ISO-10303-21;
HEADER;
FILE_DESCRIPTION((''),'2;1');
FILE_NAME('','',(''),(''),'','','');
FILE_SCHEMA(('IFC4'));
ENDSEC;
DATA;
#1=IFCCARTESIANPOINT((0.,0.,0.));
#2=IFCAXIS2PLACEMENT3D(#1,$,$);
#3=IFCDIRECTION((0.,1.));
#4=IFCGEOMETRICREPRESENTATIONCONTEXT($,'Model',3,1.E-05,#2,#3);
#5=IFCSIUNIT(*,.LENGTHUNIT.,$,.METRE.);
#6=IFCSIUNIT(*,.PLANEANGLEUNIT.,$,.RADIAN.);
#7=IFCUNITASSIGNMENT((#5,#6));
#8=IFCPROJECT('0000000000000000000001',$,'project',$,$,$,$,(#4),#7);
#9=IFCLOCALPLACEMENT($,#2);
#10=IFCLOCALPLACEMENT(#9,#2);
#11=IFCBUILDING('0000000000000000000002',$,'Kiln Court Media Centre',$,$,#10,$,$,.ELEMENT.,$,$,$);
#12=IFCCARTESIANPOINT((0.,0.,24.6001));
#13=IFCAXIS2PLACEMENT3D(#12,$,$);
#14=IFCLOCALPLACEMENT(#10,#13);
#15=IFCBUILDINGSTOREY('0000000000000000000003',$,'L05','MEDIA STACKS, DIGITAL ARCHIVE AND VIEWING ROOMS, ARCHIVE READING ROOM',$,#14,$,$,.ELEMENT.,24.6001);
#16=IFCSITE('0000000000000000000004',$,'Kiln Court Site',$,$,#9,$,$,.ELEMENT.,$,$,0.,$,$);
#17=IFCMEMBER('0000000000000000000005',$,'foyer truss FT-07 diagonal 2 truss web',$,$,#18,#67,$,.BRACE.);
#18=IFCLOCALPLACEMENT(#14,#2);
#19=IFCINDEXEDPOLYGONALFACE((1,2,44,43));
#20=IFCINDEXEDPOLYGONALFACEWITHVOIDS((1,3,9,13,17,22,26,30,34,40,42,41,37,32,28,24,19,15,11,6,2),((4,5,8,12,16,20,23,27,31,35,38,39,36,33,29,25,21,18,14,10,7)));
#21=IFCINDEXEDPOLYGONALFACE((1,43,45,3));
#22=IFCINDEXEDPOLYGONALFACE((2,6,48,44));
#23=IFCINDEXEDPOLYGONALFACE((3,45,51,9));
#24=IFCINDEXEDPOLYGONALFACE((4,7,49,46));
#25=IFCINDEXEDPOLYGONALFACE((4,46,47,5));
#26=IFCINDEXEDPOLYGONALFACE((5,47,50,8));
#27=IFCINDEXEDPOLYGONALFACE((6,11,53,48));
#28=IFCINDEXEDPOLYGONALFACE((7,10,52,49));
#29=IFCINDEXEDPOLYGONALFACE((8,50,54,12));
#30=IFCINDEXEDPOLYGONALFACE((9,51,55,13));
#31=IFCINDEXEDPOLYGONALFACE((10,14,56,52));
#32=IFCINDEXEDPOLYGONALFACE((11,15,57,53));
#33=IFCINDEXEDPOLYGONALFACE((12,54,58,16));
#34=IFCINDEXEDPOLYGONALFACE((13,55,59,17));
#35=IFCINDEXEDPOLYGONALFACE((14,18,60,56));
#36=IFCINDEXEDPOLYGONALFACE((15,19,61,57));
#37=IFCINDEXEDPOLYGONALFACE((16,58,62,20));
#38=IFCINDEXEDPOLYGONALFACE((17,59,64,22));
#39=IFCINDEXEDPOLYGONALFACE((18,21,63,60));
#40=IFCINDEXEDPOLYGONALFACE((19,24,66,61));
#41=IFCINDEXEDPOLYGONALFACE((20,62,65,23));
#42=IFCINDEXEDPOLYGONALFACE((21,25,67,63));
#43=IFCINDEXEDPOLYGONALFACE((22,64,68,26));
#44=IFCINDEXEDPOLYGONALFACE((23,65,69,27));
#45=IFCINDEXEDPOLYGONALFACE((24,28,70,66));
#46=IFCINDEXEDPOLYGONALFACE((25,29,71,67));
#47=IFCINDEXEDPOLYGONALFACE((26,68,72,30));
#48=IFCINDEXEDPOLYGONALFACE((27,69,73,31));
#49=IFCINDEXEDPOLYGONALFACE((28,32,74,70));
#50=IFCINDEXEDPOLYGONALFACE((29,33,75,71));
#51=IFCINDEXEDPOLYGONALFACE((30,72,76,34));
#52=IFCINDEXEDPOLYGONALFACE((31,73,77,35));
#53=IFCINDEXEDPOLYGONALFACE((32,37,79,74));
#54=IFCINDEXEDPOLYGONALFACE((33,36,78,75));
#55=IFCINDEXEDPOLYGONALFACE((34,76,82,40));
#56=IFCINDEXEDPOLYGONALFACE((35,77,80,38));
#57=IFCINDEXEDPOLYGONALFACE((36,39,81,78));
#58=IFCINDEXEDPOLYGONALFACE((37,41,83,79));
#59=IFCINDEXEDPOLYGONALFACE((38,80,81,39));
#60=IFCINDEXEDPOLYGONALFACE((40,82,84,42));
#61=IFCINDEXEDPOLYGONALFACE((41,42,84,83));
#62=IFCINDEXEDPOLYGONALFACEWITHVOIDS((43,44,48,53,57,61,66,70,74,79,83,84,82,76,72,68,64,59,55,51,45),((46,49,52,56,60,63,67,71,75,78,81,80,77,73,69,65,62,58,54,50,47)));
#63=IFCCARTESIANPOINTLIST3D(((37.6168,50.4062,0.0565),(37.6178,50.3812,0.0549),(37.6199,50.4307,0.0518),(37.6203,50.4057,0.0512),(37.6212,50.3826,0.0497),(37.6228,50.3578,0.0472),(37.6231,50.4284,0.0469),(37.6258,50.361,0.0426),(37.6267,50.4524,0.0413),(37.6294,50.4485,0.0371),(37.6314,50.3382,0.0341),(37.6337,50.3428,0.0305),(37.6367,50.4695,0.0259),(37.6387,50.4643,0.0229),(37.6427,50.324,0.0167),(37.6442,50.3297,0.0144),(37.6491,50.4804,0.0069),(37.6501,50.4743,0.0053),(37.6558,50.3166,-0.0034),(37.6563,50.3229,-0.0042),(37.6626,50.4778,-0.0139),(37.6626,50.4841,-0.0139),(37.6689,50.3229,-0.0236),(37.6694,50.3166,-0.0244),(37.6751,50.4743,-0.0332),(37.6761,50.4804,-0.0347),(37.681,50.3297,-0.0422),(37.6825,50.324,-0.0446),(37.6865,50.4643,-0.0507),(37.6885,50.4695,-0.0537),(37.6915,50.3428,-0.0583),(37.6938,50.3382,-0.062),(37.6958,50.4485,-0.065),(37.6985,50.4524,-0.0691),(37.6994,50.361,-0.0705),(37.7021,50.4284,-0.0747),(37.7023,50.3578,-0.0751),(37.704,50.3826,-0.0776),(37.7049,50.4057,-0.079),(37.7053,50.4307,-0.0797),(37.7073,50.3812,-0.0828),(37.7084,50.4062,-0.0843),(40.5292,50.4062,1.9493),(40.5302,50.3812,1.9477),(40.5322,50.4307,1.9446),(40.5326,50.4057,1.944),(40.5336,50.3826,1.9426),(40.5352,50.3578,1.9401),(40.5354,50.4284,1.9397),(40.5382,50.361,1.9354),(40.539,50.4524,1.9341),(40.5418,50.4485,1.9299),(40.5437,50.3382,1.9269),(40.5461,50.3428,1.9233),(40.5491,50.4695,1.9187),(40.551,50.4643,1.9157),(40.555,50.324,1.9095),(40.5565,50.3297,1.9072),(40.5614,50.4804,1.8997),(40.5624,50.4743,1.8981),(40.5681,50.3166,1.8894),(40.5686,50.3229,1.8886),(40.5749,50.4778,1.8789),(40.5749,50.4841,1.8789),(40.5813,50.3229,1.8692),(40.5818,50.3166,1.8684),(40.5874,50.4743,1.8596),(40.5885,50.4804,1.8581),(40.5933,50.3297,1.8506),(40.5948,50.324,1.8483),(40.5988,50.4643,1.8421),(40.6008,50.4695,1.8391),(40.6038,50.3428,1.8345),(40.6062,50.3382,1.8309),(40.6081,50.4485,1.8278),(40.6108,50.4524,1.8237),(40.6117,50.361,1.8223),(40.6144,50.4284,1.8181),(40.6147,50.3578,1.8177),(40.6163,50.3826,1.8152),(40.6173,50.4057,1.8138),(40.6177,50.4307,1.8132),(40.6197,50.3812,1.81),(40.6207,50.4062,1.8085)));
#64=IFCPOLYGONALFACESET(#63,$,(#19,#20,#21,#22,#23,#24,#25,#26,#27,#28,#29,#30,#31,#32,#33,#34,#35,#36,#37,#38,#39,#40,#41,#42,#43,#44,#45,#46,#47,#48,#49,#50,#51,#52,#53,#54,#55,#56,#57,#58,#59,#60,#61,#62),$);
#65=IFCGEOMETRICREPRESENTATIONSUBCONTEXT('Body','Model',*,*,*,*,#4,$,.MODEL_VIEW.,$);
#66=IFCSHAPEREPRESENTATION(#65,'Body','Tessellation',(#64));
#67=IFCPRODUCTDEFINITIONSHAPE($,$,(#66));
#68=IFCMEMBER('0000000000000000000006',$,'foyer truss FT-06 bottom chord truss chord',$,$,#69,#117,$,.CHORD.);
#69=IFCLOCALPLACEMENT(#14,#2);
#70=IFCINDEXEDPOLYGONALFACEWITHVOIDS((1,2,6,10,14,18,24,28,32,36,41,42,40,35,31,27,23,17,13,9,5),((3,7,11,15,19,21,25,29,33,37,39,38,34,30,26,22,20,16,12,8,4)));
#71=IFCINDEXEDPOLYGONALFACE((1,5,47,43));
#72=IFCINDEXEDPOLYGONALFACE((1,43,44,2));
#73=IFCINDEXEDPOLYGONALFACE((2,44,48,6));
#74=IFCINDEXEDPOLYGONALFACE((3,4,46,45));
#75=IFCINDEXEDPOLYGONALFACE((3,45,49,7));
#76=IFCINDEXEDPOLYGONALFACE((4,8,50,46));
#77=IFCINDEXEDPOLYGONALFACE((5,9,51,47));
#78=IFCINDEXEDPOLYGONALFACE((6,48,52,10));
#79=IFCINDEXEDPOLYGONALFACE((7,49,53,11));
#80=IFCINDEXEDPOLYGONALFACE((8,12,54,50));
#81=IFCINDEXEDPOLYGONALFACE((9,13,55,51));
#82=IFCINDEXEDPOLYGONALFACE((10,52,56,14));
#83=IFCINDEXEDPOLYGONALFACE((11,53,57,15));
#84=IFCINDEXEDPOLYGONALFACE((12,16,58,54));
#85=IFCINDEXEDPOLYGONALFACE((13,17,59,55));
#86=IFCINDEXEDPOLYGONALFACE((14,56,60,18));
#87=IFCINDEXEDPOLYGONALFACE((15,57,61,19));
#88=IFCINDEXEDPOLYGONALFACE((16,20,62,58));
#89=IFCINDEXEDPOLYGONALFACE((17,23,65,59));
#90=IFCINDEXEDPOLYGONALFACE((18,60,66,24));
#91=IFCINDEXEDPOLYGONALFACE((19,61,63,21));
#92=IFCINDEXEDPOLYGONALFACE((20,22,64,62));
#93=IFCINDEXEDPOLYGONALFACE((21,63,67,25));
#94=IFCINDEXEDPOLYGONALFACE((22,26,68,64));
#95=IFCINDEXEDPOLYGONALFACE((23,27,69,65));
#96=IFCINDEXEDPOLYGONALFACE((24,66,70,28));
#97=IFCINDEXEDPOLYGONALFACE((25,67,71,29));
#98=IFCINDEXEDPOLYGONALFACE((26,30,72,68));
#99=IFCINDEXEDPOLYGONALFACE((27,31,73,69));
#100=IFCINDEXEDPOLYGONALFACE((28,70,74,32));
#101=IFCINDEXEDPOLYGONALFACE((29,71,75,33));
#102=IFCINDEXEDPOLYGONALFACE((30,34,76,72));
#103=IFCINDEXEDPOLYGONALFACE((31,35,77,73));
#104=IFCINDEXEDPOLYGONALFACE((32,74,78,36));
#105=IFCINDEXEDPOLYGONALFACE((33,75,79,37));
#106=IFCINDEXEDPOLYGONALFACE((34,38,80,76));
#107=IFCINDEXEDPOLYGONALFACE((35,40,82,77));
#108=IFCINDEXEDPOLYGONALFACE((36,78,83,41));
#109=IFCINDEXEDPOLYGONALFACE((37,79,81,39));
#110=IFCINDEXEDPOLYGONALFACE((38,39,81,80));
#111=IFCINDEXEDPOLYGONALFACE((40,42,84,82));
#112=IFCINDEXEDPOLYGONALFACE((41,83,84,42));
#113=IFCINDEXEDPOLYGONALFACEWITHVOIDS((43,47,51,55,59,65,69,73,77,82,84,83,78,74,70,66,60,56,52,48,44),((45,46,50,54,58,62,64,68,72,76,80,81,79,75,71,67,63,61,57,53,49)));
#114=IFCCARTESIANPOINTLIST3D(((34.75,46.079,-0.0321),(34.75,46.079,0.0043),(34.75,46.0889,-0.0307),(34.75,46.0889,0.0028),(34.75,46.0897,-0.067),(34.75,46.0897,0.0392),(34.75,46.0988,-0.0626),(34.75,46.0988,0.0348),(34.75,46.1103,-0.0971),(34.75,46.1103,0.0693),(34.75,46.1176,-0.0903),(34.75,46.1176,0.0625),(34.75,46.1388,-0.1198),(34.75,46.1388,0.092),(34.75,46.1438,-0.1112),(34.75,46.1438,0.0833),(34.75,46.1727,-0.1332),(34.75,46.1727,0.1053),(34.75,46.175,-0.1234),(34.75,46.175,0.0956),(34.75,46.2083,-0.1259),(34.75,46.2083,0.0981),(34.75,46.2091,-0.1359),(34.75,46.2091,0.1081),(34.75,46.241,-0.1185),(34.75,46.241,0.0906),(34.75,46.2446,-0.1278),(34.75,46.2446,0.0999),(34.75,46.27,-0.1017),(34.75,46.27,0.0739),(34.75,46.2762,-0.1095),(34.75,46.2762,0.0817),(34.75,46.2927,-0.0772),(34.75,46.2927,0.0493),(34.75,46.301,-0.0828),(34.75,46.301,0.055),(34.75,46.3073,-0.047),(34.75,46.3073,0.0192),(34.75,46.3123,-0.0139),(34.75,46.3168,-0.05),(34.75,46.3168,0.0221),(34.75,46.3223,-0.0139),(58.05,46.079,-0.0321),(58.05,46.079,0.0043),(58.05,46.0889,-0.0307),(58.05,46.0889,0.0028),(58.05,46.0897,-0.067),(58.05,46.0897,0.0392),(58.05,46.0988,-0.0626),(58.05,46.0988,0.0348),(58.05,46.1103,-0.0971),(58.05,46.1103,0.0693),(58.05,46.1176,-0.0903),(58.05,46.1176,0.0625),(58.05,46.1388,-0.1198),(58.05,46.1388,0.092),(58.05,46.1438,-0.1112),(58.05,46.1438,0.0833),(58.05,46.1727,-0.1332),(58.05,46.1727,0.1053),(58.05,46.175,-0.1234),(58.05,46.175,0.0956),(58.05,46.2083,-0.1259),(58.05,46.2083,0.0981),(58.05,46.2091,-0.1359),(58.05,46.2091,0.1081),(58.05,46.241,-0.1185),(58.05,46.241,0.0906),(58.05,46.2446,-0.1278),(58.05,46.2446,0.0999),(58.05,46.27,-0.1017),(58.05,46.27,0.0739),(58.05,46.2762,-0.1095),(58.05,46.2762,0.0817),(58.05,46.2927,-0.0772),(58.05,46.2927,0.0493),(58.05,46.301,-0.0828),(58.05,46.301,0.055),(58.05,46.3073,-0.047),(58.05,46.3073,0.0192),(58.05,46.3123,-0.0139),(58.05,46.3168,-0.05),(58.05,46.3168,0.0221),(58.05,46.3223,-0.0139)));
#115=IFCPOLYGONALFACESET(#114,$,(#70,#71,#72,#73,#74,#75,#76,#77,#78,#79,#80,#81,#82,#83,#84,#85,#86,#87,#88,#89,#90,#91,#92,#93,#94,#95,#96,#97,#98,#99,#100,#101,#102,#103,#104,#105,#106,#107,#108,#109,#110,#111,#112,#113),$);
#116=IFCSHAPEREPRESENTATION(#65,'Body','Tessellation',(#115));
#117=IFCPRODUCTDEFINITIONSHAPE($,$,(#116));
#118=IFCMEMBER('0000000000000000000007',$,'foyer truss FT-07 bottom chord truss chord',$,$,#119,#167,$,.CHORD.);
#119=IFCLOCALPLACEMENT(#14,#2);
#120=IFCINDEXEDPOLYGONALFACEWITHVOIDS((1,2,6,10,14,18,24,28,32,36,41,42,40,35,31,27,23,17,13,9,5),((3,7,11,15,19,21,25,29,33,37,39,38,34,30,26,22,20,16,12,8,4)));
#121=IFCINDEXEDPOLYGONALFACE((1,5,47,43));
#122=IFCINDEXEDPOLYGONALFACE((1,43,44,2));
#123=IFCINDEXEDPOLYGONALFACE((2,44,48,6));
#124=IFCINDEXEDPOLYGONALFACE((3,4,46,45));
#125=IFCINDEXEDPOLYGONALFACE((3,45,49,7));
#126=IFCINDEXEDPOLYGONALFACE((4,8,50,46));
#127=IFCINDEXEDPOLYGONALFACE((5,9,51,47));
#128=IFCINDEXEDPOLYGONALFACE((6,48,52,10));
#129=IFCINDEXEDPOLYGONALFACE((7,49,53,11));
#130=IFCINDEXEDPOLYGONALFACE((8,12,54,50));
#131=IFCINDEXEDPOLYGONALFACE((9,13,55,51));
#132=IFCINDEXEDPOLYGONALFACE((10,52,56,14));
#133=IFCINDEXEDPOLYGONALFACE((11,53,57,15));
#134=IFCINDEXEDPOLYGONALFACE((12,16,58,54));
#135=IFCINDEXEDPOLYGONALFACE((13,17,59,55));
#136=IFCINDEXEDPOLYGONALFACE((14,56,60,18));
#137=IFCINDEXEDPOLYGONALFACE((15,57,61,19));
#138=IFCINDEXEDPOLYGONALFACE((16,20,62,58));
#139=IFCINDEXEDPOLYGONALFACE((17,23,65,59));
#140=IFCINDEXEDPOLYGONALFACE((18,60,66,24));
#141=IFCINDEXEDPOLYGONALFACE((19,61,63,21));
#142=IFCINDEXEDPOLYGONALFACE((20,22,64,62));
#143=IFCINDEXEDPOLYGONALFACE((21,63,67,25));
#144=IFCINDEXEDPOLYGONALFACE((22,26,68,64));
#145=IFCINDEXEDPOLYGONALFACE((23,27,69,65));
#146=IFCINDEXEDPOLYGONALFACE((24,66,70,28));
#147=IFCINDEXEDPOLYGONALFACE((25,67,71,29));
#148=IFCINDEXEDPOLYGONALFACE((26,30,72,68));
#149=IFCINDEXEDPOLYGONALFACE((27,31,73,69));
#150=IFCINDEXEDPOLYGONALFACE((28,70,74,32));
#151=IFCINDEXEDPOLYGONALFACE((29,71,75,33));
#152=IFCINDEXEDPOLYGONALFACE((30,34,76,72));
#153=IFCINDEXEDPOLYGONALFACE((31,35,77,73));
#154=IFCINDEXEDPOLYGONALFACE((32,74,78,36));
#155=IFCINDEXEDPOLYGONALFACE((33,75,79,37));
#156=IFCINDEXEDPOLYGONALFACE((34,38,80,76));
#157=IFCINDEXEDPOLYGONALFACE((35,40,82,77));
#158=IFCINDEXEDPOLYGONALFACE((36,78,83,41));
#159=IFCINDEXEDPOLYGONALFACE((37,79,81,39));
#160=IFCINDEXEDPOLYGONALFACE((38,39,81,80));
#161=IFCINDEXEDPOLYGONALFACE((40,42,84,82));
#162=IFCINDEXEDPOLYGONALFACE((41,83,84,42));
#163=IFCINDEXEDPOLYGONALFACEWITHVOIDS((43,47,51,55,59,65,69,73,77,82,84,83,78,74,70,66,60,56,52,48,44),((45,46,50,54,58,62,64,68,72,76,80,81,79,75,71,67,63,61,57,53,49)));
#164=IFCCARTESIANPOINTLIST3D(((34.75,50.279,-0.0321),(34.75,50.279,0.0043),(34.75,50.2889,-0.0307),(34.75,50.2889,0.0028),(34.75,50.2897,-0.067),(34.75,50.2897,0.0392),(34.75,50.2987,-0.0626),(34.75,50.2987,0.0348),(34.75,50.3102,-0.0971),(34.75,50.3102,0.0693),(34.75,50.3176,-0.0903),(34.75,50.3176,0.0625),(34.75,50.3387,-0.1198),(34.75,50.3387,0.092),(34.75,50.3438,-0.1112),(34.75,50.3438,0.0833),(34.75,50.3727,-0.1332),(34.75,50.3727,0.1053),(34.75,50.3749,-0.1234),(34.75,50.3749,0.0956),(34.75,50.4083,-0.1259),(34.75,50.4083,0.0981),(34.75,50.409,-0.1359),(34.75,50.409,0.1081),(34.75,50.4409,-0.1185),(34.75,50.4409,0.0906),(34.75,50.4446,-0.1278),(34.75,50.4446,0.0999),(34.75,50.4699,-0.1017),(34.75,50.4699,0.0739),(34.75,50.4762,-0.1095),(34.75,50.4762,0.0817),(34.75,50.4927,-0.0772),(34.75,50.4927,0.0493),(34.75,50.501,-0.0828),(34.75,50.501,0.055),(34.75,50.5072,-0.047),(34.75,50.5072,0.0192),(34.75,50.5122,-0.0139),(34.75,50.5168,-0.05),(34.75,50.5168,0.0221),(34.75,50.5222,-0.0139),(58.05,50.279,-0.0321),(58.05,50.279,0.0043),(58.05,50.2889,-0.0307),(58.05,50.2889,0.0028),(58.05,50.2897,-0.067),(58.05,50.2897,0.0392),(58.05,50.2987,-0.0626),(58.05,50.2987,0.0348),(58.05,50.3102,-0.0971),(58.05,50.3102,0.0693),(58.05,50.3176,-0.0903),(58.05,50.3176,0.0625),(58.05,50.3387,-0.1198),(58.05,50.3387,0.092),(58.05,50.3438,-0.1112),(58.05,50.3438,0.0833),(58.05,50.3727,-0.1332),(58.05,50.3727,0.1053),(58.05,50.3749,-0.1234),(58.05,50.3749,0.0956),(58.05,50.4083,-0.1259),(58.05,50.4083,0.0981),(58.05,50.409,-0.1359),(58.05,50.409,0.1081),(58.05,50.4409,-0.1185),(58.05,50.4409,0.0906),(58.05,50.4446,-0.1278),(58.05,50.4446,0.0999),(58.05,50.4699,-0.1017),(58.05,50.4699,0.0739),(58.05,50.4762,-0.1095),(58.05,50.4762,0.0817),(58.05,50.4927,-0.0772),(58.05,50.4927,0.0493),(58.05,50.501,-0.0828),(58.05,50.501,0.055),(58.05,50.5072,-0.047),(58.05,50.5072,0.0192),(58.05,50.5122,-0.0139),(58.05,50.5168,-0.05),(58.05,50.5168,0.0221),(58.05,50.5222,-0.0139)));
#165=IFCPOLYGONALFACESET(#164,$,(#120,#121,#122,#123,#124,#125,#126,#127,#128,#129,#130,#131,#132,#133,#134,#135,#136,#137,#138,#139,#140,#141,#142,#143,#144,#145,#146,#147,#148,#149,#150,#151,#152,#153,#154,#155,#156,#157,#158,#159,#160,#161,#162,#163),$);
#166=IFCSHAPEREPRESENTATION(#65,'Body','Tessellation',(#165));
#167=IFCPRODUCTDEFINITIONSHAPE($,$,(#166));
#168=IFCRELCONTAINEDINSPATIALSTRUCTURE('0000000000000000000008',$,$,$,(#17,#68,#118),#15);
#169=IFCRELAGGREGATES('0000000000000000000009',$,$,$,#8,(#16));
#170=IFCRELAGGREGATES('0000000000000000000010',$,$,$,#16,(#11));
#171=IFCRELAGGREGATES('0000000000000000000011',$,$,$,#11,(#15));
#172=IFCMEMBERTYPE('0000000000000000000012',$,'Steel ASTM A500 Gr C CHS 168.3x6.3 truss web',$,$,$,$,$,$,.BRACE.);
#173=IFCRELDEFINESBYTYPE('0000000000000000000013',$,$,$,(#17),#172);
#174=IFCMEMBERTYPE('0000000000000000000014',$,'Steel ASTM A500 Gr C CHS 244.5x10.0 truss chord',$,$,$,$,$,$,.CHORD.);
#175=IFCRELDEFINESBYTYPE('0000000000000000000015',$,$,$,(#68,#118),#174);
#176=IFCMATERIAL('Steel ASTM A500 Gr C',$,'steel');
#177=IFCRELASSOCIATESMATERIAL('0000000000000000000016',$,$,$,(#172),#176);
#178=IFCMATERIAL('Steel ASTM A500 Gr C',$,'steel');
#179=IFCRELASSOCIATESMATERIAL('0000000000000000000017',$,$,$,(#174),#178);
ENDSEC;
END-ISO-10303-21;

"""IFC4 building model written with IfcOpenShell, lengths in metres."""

from ifc_helpers import new_model, si_unit, direction, frame, origin, origin_2d, place, context, subcontext, project, spatial, hollow_circle, extrude, material, material_profile, profile_set, type_object, element, save


model = new_model("IFC4")

# Units and contexts
model_context = context("Model", 3, precision=1e-05, world=origin(), true_north=direction((0.0, 1.0)))
body_context = subcontext(model_context, "Body", "Model", "MODEL_VIEW")
ifc_project = project(units=[si_unit("LENGTHUNIT", "METRE"), si_unit("PLANEANGLEUNIT", "RADIAN")], contexts=[model_context])

# Site, building, storey
site_placement = place(None, origin())
site = spatial("IfcSite", under=ifc_project, at=site_placement, Name="Kiln Court Site", CompositionType="ELEMENT", RefElevation=0.0)
building_placement = place(site_placement, origin())
building = spatial("IfcBuilding", under=site, at=building_placement, Name="Kiln Court Media Centre", CompositionType="ELEMENT")
storey_placement = place(building_placement, frame((0.0, 0.0, 24.6001)))
storey = spatial("IfcBuildingStorey", under=building, at=storey_placement, Name="L05", Description="MEDIA STACKS, DIGITAL ARCHIVE AND VIEWING ROOMS, ARCHIVE READING ROOM", CompositionType="ELEMENT", Elevation=24.6001)

# Members
ifc_material_1 = material(Name="Steel ASTM A500 Gr C", Category="steel")
ifc_material_profile_1 = material_profile(ifc_material_1, hollow_circle(Radius=0.0842, WallThickness=0.0063, at=origin_2d()), Name="CHS 168.3x6.3")
ifc_profile_set_1 = profile_set([ifc_material_profile_1], Name="Steel ASTM A500 Gr C")
member_type_1 = type_object("IfcMemberType", Name="Steel ASTM A500 Gr C CHS 168.3x6.3 truss web", PredefinedType="BRACE", material=ifc_profile_set_1)
for number, where, z_axis, x_axis, name in (
    (1, (37.6626, 50.3999, -0.0139), (0.838471, 0.0, 0.544946), (0.0, 1.0, 0.0), "foyer truss FT-07 diagonal 2 truss web"),
):
    element("IfcMember", number, at=place(storey_placement, frame(where, z_axis=z_axis, x_axis=x_axis)), inside=storey, type_object=member_type_1, Name=name, PredefinedType="BRACE", context=body_context, shape_type="SweptSolid", body=[
        extrude(hollow_circle(Radius=0.0842, WallThickness=0.0063, at=origin_2d()), origin(), (0.0, 0.0, 1.0), 3.4734),
    ])
ifc_material_2 = material(Name="Steel ASTM A500 Gr C", Category="steel")
ifc_material_profile_2 = material_profile(ifc_material_2, hollow_circle(Radius=0.1223, WallThickness=0.01, at=origin_2d()), Name="CHS 244.5x10.0")
ifc_profile_set_2 = profile_set([ifc_material_profile_2], Name="Steel ASTM A500 Gr C")
member_type_2 = type_object("IfcMemberType", Name="Steel ASTM A500 Gr C CHS 244.5x10.0 truss chord", PredefinedType="CHORD", material=ifc_profile_set_2)
for number, where, z_axis, x_axis, name in (
    (2, (34.75, 46.2, -0.0139), (1.0, 0.0, 0.0), (0.0, 1.0, 0.0), "foyer truss FT-06 bottom chord truss chord"),
    (3, (34.75, 50.3999, -0.0139), (1.0, 0.0, 0.0), (0.0, 1.0, 0.0), "foyer truss FT-07 bottom chord truss chord"),
):
    element("IfcMember", number, at=place(storey_placement, frame(where, z_axis=z_axis, x_axis=x_axis)), inside=storey, type_object=member_type_2, Name=name, PredefinedType="CHORD", context=body_context, shape_type="SweptSolid", body=[
        extrude(hollow_circle(Radius=0.1223, WallThickness=0.01, at=origin_2d()), origin(), (0.0, 0.0, 1.0), 23.3),
    ])

save(model, "model.ifc")
